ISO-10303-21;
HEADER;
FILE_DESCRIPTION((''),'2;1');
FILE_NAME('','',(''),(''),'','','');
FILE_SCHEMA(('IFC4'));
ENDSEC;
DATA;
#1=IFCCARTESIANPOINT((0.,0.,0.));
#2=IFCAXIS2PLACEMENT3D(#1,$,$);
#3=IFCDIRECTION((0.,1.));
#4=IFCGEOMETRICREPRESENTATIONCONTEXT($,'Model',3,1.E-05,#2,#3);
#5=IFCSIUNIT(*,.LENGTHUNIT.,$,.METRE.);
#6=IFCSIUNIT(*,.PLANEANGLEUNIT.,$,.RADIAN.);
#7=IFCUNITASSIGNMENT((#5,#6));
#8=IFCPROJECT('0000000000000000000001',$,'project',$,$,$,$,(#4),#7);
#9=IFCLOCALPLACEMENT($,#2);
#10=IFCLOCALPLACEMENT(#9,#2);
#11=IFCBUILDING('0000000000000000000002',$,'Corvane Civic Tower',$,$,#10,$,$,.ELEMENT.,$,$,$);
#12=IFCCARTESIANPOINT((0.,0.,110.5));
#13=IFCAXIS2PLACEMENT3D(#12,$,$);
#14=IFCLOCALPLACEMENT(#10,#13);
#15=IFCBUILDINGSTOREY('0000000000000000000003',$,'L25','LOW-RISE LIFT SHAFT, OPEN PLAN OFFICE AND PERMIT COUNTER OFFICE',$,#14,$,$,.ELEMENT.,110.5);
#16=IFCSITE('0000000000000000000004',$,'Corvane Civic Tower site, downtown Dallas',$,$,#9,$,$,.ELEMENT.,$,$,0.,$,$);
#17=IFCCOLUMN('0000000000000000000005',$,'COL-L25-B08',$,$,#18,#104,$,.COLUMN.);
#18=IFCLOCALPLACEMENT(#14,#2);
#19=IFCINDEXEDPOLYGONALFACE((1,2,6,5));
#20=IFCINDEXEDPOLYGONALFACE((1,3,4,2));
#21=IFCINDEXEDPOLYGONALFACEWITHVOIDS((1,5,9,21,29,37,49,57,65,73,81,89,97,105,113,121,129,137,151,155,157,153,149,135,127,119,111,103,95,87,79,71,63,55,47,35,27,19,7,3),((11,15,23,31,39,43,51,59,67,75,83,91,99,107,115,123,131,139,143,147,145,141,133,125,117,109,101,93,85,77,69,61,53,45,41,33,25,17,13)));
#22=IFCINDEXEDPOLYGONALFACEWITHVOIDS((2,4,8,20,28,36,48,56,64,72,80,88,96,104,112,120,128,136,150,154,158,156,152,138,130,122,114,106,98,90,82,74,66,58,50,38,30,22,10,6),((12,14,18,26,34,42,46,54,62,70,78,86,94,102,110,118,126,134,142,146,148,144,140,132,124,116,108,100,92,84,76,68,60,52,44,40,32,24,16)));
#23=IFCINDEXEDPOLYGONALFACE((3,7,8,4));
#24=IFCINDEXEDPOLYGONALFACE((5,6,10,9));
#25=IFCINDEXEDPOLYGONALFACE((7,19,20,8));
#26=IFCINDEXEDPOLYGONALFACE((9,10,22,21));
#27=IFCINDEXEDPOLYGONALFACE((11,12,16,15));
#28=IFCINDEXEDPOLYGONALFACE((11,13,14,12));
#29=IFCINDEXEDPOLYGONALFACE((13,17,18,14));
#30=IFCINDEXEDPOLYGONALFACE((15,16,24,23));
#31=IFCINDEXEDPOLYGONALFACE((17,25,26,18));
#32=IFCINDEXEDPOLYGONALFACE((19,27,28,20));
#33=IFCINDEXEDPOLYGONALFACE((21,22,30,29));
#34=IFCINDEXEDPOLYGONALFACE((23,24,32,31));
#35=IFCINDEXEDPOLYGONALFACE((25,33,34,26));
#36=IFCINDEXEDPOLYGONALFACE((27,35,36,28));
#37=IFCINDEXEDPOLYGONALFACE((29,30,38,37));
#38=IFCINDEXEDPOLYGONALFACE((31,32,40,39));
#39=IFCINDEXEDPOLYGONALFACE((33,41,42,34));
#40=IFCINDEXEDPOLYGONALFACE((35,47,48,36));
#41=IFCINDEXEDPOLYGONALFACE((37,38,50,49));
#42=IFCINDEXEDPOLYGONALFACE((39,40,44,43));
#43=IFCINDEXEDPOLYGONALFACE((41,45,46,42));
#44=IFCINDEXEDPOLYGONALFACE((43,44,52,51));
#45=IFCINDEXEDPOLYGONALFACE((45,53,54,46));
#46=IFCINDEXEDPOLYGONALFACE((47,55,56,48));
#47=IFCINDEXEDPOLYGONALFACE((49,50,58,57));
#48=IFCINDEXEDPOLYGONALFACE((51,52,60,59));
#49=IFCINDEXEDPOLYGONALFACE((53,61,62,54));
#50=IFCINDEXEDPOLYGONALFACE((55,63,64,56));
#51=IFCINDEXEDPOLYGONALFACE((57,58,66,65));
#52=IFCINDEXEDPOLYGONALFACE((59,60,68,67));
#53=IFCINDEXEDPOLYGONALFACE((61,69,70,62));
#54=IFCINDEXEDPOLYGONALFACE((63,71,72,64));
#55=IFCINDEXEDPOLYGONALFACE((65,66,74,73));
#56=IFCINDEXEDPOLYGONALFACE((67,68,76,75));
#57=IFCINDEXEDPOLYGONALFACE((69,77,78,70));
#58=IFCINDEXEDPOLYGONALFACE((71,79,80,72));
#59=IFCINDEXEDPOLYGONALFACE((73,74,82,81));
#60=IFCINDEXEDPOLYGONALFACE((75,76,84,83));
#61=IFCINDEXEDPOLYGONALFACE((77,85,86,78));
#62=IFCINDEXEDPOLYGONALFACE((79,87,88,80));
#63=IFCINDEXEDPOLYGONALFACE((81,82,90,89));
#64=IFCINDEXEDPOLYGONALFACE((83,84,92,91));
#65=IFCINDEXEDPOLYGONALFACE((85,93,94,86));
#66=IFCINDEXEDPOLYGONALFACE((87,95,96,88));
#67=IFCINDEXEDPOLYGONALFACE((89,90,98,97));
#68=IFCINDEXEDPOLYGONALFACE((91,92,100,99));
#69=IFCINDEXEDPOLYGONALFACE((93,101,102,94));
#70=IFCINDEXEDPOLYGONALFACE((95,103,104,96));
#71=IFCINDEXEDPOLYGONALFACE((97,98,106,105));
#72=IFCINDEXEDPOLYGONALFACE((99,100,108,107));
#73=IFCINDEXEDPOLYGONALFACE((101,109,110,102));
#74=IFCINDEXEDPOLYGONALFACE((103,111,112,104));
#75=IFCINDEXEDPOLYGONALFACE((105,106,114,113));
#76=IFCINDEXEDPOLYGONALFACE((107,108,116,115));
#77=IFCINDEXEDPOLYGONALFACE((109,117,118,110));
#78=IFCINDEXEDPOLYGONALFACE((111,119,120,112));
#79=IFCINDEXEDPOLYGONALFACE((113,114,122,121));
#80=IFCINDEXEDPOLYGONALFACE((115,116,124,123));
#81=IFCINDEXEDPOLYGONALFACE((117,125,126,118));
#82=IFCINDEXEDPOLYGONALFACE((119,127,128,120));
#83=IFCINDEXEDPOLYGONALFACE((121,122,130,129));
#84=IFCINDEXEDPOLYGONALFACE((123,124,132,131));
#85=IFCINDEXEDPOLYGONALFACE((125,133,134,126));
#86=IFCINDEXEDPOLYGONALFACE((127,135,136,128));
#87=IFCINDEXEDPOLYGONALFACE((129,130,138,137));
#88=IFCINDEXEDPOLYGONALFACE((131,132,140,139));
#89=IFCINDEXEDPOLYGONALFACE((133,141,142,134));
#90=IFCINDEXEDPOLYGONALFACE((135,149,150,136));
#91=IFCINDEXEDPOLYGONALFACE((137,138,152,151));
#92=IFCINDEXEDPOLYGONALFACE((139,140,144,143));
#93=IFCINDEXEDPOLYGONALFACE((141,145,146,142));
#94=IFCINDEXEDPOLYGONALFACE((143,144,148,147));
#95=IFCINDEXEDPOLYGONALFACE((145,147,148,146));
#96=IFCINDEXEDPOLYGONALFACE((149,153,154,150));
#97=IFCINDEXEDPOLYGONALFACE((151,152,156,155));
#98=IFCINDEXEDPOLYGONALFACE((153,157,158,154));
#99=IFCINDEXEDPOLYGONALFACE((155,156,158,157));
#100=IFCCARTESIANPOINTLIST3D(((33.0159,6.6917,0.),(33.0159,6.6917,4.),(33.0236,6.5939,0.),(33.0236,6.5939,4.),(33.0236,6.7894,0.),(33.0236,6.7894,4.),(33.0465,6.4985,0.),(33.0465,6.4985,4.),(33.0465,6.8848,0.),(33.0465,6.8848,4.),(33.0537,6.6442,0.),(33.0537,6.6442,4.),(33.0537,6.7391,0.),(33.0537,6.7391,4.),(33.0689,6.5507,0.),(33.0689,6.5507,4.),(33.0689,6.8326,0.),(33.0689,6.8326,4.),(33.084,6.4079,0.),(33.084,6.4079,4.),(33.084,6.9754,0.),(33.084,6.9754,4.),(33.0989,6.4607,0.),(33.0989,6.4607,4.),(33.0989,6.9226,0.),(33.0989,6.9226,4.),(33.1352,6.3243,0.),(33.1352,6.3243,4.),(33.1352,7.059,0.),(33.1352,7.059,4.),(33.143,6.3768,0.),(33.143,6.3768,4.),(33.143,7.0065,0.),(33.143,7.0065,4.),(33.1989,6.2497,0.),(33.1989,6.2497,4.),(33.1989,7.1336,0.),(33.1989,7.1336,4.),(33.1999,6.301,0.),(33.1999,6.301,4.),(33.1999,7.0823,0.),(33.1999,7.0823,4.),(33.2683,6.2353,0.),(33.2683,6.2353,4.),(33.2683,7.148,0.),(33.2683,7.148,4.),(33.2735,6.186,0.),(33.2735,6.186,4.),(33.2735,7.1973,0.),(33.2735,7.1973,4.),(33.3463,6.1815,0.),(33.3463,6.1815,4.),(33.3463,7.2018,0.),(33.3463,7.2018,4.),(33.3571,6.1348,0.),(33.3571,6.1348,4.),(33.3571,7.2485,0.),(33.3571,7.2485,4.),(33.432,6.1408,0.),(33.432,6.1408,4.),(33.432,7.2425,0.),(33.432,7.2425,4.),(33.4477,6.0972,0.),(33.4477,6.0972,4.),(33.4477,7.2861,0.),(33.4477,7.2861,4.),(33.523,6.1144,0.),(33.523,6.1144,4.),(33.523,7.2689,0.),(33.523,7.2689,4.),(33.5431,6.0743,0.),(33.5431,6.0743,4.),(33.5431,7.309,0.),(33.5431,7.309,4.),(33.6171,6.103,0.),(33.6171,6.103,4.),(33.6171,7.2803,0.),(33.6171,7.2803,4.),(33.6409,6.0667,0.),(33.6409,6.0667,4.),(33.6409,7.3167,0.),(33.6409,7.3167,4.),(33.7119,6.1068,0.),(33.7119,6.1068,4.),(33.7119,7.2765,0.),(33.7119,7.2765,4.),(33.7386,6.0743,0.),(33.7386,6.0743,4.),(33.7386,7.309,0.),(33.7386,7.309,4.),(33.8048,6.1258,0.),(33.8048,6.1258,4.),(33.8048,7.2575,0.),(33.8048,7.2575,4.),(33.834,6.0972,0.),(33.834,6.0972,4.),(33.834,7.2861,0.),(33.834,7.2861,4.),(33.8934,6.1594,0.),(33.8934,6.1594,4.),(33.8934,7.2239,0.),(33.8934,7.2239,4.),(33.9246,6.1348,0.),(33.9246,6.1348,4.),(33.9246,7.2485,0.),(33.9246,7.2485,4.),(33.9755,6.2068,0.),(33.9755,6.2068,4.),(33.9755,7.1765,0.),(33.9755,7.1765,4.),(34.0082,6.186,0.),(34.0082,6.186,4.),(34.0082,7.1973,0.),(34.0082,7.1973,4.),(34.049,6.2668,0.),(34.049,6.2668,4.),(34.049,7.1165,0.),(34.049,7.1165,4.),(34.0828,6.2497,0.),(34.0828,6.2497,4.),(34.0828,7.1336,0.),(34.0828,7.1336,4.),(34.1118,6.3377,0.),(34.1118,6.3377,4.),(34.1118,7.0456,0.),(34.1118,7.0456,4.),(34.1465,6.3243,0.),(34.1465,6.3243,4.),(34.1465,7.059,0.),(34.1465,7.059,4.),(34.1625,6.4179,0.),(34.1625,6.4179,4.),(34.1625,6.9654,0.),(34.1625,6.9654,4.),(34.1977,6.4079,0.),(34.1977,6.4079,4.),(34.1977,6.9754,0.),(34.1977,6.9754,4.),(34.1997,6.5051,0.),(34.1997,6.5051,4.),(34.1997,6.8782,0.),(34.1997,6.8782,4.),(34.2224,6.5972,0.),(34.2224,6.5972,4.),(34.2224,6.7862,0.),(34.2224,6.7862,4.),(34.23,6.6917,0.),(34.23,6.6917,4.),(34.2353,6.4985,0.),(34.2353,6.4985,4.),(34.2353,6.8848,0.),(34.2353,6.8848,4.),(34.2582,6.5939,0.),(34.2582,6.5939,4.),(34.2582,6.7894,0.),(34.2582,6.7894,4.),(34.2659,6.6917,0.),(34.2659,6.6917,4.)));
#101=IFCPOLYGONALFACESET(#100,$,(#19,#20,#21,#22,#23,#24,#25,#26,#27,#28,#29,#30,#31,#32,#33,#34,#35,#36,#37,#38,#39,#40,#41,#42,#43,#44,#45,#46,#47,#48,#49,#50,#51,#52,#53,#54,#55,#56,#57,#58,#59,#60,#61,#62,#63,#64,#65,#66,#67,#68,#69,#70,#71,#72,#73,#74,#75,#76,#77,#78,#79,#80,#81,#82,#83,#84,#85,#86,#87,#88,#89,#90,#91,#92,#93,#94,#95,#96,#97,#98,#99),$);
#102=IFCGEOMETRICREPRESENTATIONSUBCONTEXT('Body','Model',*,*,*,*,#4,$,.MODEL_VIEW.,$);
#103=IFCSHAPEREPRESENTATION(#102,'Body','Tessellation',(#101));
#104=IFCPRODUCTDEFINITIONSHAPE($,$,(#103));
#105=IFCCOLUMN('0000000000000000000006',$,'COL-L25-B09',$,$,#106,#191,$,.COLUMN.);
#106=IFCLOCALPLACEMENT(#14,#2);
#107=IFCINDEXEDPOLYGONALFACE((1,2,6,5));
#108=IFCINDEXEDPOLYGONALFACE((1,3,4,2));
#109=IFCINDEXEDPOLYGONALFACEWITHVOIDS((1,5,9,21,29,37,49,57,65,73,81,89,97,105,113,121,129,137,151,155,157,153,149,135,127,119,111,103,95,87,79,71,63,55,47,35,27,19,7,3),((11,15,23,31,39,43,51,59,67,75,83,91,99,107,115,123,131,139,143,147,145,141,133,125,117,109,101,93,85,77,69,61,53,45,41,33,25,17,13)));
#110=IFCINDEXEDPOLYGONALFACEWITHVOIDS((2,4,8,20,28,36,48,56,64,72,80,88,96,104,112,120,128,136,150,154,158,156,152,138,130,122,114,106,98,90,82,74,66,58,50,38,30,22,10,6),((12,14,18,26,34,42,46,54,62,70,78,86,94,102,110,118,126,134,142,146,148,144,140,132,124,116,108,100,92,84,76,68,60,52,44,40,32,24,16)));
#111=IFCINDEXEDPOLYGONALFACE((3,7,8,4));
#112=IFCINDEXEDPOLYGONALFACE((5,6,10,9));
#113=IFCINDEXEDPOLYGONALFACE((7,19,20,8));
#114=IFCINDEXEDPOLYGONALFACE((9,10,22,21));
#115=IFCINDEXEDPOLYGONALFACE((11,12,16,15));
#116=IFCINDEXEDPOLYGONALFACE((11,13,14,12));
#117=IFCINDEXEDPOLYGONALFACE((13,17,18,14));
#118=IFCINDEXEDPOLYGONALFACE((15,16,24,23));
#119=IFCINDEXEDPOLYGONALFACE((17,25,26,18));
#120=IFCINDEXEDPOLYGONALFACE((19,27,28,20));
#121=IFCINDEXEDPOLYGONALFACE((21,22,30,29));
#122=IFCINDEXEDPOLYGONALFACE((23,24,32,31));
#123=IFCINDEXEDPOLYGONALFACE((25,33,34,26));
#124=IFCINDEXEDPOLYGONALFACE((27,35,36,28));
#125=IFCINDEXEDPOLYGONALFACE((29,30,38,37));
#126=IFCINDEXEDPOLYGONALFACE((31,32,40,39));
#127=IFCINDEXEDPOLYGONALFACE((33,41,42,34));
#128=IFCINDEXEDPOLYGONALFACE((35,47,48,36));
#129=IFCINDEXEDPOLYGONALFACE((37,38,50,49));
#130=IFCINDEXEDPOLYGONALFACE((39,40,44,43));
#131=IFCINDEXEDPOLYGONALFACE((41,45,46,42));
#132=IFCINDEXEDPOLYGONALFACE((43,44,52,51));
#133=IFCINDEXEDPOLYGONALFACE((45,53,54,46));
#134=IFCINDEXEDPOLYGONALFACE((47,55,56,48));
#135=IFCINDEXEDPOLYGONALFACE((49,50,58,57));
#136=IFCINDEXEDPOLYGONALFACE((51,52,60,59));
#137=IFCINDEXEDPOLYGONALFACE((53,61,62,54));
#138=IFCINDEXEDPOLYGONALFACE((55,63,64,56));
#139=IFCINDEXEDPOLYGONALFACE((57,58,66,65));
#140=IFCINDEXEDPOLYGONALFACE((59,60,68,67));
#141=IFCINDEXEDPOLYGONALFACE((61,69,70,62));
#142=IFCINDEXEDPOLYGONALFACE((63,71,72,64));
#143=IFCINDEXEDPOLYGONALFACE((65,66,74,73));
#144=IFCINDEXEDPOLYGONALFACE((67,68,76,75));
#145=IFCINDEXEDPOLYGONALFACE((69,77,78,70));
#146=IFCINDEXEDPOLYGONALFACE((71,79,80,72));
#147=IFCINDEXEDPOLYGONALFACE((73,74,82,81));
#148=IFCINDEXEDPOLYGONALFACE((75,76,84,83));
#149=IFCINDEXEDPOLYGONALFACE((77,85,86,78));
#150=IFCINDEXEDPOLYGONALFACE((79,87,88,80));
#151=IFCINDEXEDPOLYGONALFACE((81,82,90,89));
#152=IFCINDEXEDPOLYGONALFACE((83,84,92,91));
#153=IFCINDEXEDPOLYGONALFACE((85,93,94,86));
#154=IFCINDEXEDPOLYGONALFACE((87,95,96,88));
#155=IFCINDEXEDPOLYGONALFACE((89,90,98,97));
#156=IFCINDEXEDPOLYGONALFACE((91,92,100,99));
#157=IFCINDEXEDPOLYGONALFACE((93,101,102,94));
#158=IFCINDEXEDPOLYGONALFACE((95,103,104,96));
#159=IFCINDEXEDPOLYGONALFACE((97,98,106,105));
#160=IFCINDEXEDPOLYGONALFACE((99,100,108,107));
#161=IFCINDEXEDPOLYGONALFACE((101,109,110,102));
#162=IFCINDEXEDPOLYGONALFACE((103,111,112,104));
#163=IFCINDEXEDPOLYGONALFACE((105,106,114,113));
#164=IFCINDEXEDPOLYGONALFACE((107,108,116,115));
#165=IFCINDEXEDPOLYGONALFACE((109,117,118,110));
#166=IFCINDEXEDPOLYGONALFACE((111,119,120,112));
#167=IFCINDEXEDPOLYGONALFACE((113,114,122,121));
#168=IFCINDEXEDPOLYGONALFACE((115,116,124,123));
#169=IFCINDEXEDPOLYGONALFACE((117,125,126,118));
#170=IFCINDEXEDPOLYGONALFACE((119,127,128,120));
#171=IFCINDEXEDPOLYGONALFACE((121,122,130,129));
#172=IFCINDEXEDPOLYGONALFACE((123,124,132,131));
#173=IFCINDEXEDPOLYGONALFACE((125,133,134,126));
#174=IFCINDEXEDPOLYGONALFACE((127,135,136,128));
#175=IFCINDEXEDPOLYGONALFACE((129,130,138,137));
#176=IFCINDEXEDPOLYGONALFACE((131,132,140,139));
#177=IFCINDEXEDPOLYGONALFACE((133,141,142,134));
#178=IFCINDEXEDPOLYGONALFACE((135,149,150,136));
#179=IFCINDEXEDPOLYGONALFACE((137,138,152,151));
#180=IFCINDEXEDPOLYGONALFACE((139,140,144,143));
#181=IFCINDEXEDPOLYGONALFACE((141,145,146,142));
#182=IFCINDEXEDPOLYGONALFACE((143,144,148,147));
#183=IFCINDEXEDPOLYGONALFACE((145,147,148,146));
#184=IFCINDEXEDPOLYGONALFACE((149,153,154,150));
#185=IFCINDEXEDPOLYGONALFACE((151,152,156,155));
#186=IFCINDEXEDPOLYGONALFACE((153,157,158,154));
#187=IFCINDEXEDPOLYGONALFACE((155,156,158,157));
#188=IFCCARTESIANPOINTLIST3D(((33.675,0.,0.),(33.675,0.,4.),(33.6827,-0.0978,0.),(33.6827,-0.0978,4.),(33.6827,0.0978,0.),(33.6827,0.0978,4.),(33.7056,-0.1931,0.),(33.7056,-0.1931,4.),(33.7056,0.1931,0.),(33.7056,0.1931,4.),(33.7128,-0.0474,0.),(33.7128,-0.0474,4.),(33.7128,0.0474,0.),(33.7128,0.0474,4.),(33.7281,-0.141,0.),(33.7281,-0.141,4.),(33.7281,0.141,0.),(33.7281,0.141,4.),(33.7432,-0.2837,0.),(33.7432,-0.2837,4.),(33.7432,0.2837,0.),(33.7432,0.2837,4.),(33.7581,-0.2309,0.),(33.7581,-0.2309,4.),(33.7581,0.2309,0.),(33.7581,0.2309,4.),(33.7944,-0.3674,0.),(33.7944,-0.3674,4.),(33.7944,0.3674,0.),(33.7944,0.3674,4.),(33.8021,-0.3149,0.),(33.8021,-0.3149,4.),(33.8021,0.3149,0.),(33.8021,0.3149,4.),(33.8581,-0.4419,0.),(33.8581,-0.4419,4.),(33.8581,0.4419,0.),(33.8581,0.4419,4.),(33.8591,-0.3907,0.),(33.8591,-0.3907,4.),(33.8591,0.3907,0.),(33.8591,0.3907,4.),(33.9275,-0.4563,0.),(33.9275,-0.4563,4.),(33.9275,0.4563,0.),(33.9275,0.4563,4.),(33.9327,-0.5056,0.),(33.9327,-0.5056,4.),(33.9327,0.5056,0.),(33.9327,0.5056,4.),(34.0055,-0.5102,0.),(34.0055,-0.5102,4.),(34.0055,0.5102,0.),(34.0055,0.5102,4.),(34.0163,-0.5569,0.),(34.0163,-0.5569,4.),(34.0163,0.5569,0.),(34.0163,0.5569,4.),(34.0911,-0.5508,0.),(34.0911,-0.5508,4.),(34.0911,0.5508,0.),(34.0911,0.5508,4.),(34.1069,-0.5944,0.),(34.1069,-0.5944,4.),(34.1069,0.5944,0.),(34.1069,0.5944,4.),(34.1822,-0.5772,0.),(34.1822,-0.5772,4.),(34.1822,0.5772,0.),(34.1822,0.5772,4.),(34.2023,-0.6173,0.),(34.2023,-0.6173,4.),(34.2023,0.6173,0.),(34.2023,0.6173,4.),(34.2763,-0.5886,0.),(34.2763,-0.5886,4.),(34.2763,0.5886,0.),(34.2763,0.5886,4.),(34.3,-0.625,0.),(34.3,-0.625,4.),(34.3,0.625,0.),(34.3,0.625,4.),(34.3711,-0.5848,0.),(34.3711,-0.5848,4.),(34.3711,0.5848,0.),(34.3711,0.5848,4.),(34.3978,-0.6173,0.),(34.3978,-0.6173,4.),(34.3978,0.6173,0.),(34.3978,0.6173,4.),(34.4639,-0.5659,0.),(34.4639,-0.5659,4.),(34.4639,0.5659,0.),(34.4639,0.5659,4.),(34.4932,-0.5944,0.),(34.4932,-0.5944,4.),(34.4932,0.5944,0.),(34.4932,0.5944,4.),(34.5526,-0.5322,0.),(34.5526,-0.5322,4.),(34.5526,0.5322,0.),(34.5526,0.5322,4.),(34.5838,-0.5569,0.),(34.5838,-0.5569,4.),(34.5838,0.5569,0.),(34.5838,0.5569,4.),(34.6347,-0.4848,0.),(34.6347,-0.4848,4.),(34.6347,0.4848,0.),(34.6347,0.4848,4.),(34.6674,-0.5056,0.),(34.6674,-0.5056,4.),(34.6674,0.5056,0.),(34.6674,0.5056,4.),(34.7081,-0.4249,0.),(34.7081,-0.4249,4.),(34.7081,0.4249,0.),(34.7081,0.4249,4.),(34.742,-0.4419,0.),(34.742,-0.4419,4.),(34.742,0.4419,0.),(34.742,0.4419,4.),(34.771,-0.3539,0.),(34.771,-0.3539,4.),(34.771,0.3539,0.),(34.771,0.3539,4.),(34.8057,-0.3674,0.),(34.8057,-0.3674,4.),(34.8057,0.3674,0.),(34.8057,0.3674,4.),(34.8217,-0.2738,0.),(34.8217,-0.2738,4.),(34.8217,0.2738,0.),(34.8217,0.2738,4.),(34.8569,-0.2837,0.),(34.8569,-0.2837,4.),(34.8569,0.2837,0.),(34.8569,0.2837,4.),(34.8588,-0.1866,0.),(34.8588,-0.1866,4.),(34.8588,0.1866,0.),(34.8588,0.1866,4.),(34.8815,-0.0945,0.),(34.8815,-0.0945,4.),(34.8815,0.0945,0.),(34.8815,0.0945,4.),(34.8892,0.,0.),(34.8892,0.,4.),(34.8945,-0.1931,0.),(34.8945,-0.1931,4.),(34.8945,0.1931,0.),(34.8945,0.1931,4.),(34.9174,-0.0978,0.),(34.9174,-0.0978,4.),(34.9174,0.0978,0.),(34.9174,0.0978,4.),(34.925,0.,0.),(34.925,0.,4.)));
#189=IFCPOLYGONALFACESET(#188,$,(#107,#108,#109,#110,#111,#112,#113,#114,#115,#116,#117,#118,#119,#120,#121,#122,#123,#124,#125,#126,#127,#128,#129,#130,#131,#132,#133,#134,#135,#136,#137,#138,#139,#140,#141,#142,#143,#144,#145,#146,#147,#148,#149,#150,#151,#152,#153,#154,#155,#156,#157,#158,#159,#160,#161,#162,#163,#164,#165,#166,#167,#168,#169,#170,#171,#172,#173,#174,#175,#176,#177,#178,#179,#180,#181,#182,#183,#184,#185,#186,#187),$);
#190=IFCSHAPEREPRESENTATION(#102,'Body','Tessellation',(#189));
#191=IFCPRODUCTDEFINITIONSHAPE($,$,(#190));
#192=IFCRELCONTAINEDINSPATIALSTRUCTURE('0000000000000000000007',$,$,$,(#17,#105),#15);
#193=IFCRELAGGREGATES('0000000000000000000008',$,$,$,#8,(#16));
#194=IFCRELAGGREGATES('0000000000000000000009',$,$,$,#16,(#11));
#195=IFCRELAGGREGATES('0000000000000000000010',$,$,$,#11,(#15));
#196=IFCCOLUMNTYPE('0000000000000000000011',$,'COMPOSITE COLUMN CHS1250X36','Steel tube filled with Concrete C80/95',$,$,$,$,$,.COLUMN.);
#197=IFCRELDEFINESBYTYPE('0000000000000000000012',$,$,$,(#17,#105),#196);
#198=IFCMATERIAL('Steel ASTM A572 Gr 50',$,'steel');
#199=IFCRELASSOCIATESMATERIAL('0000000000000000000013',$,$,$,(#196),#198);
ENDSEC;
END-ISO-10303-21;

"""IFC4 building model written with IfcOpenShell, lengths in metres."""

from ifc_helpers import new_model, si_unit, direction, frame, origin, origin_2d, place, context, subcontext, project, spatial, hollow_circle, extrude, material, material_profile, profile_set, type_object, element, save


model = new_model("IFC4")

# Units and contexts
model_context = context("Model", 3, precision=1e-05, world=origin(), true_north=direction((0.0, 1.0)))
body_context = subcontext(model_context, "Body", "Model", "MODEL_VIEW")
ifc_project = project(units=[si_unit("LENGTHUNIT", "METRE"), si_unit("PLANEANGLEUNIT", "RADIAN")], contexts=[model_context])

# Site, building, storey
site_placement = place(None, origin())
site = spatial("IfcSite", under=ifc_project, at=site_placement, Name="Corvane Civic Tower site, downtown Dallas", CompositionType="ELEMENT", RefElevation=0.0)
building_placement = place(site_placement, origin())
building = spatial("IfcBuilding", under=site, at=building_placement, Name="Corvane Civic Tower", CompositionType="ELEMENT")
storey_placement = place(building_placement, frame((0.0, 0.0, 110.5)))
storey = spatial("IfcBuildingStorey", under=building, at=storey_placement, Name="L25", Description="LOW-RISE LIFT SHAFT, OPEN PLAN OFFICE AND PERMIT COUNTER OFFICE", CompositionType="ELEMENT", Elevation=110.5)

# Columns
ifc_material_1 = material(Name="Steel ASTM A572 Gr 50", Category="steel")
ifc_material_profile_1 = material_profile(ifc_material_1, hollow_circle(Radius=0.625, WallThickness=0.0359, at=origin_2d()), Name="CHS1250X36")
ifc_profile_set_1 = profile_set([ifc_material_profile_1], Name="Steel ASTM A572 Gr 50")
column_type = type_object("IfcColumnType", Name="COMPOSITE COLUMN CHS1250X36", Description="Steel tube filled with Concrete C80/95", PredefinedType="COLUMN", material=ifc_profile_set_1)
for number, where, z_axis, x_axis, name in (
    (1, (33.6409, 6.6917, 0.0), (0.0, 0.0, 1.0), (1.0, 0.0, 0.0), "COL-L25-B08"),
    (2, (34.3, 0.0, 0.0), (0.0, 0.0, 1.0), (1.0, 0.0, 0.0), "COL-L25-B09"),
):
    element("IfcColumn", number, at=place(storey_placement, frame(where, z_axis=z_axis, x_axis=x_axis)), inside=storey, type_object=column_type, Name=name, PredefinedType="COLUMN", context=body_context, shape_type="SweptSolid", body=[
        extrude(hollow_circle(Radius=0.625, WallThickness=0.0359, at=origin_2d()), origin(), (0.0, 0.0, 1.0), 4.0),
    ])

save(model, "model.ifc")
